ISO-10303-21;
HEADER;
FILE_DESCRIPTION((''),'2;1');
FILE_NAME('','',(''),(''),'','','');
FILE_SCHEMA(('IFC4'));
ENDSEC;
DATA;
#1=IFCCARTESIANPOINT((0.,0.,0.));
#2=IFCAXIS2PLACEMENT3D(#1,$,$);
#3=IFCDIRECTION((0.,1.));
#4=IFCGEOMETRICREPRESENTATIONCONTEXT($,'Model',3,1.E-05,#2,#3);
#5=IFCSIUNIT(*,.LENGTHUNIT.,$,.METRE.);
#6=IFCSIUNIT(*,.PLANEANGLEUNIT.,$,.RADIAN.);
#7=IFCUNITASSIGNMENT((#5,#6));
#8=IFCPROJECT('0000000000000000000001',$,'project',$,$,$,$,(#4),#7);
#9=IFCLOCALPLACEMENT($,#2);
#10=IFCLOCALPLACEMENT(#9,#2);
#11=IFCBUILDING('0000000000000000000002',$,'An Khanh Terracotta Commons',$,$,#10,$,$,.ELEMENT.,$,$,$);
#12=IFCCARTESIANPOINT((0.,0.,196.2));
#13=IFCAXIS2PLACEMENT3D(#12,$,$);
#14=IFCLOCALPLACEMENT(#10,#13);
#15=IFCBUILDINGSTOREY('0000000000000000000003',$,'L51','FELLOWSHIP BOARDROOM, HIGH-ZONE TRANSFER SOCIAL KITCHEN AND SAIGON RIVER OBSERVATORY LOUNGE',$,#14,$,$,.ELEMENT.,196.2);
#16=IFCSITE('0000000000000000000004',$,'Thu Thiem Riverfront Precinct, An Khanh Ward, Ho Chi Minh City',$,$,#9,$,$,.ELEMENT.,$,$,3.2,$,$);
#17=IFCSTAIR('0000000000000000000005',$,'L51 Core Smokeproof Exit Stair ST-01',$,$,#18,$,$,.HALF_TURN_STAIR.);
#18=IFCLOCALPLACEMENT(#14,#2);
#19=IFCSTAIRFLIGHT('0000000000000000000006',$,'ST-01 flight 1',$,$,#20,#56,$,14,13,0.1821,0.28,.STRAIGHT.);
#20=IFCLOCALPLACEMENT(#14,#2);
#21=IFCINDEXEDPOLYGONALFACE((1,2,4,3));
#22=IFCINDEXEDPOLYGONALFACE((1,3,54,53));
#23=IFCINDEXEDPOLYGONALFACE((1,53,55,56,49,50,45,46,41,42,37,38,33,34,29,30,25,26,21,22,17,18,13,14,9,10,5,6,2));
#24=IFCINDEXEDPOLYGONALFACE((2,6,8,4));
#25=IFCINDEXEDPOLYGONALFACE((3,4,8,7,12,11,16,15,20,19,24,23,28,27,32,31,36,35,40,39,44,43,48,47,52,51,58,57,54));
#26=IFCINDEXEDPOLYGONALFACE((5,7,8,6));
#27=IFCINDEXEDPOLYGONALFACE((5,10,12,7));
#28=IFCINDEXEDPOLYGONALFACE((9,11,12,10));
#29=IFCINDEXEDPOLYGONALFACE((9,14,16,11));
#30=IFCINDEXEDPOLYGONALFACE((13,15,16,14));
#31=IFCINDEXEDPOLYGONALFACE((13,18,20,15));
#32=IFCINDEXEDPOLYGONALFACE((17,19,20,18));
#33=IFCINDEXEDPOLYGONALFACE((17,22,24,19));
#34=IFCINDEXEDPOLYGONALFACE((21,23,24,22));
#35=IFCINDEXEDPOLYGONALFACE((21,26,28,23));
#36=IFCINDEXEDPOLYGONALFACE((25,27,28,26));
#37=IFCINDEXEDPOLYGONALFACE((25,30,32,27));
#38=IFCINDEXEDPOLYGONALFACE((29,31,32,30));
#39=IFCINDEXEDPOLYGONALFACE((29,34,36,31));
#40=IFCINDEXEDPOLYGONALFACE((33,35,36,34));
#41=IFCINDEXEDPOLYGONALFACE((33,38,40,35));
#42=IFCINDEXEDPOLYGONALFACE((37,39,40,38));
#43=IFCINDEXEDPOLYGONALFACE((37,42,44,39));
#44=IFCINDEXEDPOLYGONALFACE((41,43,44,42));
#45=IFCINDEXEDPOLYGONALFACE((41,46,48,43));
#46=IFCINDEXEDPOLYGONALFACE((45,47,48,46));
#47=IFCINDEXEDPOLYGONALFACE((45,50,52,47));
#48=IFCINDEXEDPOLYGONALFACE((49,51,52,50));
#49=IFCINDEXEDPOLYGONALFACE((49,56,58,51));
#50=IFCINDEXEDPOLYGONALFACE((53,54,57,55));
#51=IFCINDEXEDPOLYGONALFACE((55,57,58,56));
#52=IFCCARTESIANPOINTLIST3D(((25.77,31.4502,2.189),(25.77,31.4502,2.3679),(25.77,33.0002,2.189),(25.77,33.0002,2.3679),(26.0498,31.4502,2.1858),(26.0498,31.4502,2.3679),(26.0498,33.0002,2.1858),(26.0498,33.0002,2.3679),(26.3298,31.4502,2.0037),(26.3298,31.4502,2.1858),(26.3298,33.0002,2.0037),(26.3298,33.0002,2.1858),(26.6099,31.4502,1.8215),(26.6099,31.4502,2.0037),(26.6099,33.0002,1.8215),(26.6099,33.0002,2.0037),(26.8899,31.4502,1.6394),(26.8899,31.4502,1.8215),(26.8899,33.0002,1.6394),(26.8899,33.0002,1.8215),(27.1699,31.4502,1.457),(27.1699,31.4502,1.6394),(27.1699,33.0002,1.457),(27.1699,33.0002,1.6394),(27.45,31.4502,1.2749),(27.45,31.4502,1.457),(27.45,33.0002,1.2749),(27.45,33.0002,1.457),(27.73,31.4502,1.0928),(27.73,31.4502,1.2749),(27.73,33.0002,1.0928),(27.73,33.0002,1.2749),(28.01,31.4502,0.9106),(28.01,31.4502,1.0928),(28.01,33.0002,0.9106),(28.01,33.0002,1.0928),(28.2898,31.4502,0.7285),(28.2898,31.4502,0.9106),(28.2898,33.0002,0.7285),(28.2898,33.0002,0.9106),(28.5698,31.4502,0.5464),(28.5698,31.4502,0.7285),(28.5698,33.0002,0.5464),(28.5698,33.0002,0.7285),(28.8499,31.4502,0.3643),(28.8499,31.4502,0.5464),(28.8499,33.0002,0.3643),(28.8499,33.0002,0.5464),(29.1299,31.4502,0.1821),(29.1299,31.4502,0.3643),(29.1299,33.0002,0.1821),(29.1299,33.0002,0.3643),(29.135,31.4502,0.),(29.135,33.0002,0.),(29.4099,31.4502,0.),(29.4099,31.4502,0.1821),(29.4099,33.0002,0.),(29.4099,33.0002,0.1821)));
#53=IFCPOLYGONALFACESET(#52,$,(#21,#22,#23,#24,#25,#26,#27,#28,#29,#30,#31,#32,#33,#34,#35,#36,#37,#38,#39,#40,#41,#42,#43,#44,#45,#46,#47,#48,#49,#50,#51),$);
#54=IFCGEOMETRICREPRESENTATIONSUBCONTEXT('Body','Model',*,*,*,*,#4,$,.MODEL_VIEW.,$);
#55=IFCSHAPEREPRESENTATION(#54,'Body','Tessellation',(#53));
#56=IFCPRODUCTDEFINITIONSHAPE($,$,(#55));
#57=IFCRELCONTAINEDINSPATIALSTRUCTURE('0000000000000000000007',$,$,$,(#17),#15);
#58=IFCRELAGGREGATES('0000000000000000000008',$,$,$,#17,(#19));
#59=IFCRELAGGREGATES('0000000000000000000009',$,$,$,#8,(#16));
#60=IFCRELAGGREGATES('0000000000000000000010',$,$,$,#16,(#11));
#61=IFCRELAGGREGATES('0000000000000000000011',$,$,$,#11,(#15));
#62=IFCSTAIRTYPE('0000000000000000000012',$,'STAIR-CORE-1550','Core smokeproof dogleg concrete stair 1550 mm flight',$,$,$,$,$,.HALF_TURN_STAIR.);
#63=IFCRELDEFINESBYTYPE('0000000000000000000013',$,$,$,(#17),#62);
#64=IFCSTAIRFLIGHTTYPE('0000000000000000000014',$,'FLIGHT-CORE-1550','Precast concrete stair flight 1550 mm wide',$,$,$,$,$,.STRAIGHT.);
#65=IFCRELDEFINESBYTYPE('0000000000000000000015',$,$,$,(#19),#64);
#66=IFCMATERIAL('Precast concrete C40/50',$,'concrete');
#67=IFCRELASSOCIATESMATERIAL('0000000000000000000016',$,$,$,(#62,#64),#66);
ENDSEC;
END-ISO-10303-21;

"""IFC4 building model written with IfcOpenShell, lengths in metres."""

from ifc_helpers import new_model, si_unit, direction, frame, origin, place, context, subcontext, project, spatial, polyline, outline, extrude, material, type_object, element, aggregate, save


model = new_model("IFC4")

# Units and contexts
model_context = context("Model", 3, precision=1e-05, world=origin(), true_north=direction((0.0, 1.0)))
body_context = subcontext(model_context, "Body", "Model", "MODEL_VIEW")
ifc_project = project(units=[si_unit("LENGTHUNIT", "METRE"), si_unit("PLANEANGLEUNIT", "RADIAN")], contexts=[model_context])

# Site, building, storey
site_placement = place(None, origin())
site = spatial("IfcSite", under=ifc_project, at=site_placement, Name="Thu Thiem Riverfront Precinct, An Khanh Ward, Ho Chi Minh City", CompositionType="ELEMENT", RefElevation=3.2)
building_placement = place(site_placement, origin())
building = spatial("IfcBuilding", under=site, at=building_placement, Name="An Khanh Terracotta Commons", CompositionType="ELEMENT")
storey_placement = place(building_placement, frame((0.0, 0.0, 196.2)))
storey = spatial("IfcBuildingStorey", under=building, at=storey_placement, Name="L51", Description="FELLOWSHIP BOARDROOM, HIGH-ZONE TRANSFER SOCIAL KITCHEN AND SAIGON RIVER OBSERVATORY LOUNGE", CompositionType="ELEMENT", Elevation=196.2)

# Stair, stair flight
ifc_material_1 = material(Name="Precast concrete C40/50", Category="concrete")
stair_type = type_object("IfcStairType", Name="STAIR-CORE-1550", Description="Core smokeproof dogleg concrete stair 1550 mm flight", PredefinedType="HALF_TURN_STAIR", material=ifc_material_1)
stair_placement = place(storey_placement, origin())
stair = element("IfcStair", 1, at=stair_placement, inside=storey, type_object=stair_type, Name="L51 Core Smokeproof Exit Stair ST-01", PredefinedType="HALF_TURN_STAIR")
stair_flight_type = type_object("IfcStairFlightType", Name="FLIGHT-CORE-1550", Description="Precast concrete stair flight 1550 mm wide", PredefinedType="STRAIGHT", material=ifc_material_1)
stair_flight_placement = place(storey_placement, frame((29.4099, 32.2251, 0.0), z_axis=(0.0, 0.0, 1.0), x_axis=(-1.0, 0.0, 0.0)))
stair_flight = element("IfcStairFlight", 2, at=stair_flight_placement, type_object=stair_flight_type, Name="ST-01 flight 1", NumberOfRisers=14, NumberOfTreads=13, PredefinedType="STRAIGHT", RiserHeight=0.1821, TreadLength=0.28, context=body_context, shape_type="SweptSolid", body=[
    extrude(outline(polyline([(0.0, 0.0), (0.0, 0.1821), (0.28, 0.1821), (0.28, 0.3643), (0.5601, 0.3643), (0.5601, 0.5464), (0.8401, 0.5464), (0.8401, 0.7285), (1.1201, 0.7285), (1.1201, 0.9106), (1.3999, 0.9106), (1.3999, 1.0928), (1.6799, 1.0928), (1.6799, 1.2749), (1.96, 1.2749), (1.96, 1.457), (2.24, 1.457), (2.24, 1.6394), (2.52, 1.6394), (2.52, 1.8215), (2.8, 1.8215), (2.8, 2.0037), (3.0801, 2.0037), (3.0801, 2.1858), (3.3601, 2.1858), (3.3601, 2.3679), (3.6399, 2.3679), (3.6399, 2.55), (3.6399, 2.189), (0.2749, 0.0), (0.0, 0.0)])), frame((0.0, 0.7749, 0.0), z_axis=(0.0, -1.0, 0.0), x_axis=(1.0, 0.0, 0.0)), (0.0, 0.0, 1.0), 1.55),
])
aggregate(stair, [stair_flight])

save(model, "model.ifc")
